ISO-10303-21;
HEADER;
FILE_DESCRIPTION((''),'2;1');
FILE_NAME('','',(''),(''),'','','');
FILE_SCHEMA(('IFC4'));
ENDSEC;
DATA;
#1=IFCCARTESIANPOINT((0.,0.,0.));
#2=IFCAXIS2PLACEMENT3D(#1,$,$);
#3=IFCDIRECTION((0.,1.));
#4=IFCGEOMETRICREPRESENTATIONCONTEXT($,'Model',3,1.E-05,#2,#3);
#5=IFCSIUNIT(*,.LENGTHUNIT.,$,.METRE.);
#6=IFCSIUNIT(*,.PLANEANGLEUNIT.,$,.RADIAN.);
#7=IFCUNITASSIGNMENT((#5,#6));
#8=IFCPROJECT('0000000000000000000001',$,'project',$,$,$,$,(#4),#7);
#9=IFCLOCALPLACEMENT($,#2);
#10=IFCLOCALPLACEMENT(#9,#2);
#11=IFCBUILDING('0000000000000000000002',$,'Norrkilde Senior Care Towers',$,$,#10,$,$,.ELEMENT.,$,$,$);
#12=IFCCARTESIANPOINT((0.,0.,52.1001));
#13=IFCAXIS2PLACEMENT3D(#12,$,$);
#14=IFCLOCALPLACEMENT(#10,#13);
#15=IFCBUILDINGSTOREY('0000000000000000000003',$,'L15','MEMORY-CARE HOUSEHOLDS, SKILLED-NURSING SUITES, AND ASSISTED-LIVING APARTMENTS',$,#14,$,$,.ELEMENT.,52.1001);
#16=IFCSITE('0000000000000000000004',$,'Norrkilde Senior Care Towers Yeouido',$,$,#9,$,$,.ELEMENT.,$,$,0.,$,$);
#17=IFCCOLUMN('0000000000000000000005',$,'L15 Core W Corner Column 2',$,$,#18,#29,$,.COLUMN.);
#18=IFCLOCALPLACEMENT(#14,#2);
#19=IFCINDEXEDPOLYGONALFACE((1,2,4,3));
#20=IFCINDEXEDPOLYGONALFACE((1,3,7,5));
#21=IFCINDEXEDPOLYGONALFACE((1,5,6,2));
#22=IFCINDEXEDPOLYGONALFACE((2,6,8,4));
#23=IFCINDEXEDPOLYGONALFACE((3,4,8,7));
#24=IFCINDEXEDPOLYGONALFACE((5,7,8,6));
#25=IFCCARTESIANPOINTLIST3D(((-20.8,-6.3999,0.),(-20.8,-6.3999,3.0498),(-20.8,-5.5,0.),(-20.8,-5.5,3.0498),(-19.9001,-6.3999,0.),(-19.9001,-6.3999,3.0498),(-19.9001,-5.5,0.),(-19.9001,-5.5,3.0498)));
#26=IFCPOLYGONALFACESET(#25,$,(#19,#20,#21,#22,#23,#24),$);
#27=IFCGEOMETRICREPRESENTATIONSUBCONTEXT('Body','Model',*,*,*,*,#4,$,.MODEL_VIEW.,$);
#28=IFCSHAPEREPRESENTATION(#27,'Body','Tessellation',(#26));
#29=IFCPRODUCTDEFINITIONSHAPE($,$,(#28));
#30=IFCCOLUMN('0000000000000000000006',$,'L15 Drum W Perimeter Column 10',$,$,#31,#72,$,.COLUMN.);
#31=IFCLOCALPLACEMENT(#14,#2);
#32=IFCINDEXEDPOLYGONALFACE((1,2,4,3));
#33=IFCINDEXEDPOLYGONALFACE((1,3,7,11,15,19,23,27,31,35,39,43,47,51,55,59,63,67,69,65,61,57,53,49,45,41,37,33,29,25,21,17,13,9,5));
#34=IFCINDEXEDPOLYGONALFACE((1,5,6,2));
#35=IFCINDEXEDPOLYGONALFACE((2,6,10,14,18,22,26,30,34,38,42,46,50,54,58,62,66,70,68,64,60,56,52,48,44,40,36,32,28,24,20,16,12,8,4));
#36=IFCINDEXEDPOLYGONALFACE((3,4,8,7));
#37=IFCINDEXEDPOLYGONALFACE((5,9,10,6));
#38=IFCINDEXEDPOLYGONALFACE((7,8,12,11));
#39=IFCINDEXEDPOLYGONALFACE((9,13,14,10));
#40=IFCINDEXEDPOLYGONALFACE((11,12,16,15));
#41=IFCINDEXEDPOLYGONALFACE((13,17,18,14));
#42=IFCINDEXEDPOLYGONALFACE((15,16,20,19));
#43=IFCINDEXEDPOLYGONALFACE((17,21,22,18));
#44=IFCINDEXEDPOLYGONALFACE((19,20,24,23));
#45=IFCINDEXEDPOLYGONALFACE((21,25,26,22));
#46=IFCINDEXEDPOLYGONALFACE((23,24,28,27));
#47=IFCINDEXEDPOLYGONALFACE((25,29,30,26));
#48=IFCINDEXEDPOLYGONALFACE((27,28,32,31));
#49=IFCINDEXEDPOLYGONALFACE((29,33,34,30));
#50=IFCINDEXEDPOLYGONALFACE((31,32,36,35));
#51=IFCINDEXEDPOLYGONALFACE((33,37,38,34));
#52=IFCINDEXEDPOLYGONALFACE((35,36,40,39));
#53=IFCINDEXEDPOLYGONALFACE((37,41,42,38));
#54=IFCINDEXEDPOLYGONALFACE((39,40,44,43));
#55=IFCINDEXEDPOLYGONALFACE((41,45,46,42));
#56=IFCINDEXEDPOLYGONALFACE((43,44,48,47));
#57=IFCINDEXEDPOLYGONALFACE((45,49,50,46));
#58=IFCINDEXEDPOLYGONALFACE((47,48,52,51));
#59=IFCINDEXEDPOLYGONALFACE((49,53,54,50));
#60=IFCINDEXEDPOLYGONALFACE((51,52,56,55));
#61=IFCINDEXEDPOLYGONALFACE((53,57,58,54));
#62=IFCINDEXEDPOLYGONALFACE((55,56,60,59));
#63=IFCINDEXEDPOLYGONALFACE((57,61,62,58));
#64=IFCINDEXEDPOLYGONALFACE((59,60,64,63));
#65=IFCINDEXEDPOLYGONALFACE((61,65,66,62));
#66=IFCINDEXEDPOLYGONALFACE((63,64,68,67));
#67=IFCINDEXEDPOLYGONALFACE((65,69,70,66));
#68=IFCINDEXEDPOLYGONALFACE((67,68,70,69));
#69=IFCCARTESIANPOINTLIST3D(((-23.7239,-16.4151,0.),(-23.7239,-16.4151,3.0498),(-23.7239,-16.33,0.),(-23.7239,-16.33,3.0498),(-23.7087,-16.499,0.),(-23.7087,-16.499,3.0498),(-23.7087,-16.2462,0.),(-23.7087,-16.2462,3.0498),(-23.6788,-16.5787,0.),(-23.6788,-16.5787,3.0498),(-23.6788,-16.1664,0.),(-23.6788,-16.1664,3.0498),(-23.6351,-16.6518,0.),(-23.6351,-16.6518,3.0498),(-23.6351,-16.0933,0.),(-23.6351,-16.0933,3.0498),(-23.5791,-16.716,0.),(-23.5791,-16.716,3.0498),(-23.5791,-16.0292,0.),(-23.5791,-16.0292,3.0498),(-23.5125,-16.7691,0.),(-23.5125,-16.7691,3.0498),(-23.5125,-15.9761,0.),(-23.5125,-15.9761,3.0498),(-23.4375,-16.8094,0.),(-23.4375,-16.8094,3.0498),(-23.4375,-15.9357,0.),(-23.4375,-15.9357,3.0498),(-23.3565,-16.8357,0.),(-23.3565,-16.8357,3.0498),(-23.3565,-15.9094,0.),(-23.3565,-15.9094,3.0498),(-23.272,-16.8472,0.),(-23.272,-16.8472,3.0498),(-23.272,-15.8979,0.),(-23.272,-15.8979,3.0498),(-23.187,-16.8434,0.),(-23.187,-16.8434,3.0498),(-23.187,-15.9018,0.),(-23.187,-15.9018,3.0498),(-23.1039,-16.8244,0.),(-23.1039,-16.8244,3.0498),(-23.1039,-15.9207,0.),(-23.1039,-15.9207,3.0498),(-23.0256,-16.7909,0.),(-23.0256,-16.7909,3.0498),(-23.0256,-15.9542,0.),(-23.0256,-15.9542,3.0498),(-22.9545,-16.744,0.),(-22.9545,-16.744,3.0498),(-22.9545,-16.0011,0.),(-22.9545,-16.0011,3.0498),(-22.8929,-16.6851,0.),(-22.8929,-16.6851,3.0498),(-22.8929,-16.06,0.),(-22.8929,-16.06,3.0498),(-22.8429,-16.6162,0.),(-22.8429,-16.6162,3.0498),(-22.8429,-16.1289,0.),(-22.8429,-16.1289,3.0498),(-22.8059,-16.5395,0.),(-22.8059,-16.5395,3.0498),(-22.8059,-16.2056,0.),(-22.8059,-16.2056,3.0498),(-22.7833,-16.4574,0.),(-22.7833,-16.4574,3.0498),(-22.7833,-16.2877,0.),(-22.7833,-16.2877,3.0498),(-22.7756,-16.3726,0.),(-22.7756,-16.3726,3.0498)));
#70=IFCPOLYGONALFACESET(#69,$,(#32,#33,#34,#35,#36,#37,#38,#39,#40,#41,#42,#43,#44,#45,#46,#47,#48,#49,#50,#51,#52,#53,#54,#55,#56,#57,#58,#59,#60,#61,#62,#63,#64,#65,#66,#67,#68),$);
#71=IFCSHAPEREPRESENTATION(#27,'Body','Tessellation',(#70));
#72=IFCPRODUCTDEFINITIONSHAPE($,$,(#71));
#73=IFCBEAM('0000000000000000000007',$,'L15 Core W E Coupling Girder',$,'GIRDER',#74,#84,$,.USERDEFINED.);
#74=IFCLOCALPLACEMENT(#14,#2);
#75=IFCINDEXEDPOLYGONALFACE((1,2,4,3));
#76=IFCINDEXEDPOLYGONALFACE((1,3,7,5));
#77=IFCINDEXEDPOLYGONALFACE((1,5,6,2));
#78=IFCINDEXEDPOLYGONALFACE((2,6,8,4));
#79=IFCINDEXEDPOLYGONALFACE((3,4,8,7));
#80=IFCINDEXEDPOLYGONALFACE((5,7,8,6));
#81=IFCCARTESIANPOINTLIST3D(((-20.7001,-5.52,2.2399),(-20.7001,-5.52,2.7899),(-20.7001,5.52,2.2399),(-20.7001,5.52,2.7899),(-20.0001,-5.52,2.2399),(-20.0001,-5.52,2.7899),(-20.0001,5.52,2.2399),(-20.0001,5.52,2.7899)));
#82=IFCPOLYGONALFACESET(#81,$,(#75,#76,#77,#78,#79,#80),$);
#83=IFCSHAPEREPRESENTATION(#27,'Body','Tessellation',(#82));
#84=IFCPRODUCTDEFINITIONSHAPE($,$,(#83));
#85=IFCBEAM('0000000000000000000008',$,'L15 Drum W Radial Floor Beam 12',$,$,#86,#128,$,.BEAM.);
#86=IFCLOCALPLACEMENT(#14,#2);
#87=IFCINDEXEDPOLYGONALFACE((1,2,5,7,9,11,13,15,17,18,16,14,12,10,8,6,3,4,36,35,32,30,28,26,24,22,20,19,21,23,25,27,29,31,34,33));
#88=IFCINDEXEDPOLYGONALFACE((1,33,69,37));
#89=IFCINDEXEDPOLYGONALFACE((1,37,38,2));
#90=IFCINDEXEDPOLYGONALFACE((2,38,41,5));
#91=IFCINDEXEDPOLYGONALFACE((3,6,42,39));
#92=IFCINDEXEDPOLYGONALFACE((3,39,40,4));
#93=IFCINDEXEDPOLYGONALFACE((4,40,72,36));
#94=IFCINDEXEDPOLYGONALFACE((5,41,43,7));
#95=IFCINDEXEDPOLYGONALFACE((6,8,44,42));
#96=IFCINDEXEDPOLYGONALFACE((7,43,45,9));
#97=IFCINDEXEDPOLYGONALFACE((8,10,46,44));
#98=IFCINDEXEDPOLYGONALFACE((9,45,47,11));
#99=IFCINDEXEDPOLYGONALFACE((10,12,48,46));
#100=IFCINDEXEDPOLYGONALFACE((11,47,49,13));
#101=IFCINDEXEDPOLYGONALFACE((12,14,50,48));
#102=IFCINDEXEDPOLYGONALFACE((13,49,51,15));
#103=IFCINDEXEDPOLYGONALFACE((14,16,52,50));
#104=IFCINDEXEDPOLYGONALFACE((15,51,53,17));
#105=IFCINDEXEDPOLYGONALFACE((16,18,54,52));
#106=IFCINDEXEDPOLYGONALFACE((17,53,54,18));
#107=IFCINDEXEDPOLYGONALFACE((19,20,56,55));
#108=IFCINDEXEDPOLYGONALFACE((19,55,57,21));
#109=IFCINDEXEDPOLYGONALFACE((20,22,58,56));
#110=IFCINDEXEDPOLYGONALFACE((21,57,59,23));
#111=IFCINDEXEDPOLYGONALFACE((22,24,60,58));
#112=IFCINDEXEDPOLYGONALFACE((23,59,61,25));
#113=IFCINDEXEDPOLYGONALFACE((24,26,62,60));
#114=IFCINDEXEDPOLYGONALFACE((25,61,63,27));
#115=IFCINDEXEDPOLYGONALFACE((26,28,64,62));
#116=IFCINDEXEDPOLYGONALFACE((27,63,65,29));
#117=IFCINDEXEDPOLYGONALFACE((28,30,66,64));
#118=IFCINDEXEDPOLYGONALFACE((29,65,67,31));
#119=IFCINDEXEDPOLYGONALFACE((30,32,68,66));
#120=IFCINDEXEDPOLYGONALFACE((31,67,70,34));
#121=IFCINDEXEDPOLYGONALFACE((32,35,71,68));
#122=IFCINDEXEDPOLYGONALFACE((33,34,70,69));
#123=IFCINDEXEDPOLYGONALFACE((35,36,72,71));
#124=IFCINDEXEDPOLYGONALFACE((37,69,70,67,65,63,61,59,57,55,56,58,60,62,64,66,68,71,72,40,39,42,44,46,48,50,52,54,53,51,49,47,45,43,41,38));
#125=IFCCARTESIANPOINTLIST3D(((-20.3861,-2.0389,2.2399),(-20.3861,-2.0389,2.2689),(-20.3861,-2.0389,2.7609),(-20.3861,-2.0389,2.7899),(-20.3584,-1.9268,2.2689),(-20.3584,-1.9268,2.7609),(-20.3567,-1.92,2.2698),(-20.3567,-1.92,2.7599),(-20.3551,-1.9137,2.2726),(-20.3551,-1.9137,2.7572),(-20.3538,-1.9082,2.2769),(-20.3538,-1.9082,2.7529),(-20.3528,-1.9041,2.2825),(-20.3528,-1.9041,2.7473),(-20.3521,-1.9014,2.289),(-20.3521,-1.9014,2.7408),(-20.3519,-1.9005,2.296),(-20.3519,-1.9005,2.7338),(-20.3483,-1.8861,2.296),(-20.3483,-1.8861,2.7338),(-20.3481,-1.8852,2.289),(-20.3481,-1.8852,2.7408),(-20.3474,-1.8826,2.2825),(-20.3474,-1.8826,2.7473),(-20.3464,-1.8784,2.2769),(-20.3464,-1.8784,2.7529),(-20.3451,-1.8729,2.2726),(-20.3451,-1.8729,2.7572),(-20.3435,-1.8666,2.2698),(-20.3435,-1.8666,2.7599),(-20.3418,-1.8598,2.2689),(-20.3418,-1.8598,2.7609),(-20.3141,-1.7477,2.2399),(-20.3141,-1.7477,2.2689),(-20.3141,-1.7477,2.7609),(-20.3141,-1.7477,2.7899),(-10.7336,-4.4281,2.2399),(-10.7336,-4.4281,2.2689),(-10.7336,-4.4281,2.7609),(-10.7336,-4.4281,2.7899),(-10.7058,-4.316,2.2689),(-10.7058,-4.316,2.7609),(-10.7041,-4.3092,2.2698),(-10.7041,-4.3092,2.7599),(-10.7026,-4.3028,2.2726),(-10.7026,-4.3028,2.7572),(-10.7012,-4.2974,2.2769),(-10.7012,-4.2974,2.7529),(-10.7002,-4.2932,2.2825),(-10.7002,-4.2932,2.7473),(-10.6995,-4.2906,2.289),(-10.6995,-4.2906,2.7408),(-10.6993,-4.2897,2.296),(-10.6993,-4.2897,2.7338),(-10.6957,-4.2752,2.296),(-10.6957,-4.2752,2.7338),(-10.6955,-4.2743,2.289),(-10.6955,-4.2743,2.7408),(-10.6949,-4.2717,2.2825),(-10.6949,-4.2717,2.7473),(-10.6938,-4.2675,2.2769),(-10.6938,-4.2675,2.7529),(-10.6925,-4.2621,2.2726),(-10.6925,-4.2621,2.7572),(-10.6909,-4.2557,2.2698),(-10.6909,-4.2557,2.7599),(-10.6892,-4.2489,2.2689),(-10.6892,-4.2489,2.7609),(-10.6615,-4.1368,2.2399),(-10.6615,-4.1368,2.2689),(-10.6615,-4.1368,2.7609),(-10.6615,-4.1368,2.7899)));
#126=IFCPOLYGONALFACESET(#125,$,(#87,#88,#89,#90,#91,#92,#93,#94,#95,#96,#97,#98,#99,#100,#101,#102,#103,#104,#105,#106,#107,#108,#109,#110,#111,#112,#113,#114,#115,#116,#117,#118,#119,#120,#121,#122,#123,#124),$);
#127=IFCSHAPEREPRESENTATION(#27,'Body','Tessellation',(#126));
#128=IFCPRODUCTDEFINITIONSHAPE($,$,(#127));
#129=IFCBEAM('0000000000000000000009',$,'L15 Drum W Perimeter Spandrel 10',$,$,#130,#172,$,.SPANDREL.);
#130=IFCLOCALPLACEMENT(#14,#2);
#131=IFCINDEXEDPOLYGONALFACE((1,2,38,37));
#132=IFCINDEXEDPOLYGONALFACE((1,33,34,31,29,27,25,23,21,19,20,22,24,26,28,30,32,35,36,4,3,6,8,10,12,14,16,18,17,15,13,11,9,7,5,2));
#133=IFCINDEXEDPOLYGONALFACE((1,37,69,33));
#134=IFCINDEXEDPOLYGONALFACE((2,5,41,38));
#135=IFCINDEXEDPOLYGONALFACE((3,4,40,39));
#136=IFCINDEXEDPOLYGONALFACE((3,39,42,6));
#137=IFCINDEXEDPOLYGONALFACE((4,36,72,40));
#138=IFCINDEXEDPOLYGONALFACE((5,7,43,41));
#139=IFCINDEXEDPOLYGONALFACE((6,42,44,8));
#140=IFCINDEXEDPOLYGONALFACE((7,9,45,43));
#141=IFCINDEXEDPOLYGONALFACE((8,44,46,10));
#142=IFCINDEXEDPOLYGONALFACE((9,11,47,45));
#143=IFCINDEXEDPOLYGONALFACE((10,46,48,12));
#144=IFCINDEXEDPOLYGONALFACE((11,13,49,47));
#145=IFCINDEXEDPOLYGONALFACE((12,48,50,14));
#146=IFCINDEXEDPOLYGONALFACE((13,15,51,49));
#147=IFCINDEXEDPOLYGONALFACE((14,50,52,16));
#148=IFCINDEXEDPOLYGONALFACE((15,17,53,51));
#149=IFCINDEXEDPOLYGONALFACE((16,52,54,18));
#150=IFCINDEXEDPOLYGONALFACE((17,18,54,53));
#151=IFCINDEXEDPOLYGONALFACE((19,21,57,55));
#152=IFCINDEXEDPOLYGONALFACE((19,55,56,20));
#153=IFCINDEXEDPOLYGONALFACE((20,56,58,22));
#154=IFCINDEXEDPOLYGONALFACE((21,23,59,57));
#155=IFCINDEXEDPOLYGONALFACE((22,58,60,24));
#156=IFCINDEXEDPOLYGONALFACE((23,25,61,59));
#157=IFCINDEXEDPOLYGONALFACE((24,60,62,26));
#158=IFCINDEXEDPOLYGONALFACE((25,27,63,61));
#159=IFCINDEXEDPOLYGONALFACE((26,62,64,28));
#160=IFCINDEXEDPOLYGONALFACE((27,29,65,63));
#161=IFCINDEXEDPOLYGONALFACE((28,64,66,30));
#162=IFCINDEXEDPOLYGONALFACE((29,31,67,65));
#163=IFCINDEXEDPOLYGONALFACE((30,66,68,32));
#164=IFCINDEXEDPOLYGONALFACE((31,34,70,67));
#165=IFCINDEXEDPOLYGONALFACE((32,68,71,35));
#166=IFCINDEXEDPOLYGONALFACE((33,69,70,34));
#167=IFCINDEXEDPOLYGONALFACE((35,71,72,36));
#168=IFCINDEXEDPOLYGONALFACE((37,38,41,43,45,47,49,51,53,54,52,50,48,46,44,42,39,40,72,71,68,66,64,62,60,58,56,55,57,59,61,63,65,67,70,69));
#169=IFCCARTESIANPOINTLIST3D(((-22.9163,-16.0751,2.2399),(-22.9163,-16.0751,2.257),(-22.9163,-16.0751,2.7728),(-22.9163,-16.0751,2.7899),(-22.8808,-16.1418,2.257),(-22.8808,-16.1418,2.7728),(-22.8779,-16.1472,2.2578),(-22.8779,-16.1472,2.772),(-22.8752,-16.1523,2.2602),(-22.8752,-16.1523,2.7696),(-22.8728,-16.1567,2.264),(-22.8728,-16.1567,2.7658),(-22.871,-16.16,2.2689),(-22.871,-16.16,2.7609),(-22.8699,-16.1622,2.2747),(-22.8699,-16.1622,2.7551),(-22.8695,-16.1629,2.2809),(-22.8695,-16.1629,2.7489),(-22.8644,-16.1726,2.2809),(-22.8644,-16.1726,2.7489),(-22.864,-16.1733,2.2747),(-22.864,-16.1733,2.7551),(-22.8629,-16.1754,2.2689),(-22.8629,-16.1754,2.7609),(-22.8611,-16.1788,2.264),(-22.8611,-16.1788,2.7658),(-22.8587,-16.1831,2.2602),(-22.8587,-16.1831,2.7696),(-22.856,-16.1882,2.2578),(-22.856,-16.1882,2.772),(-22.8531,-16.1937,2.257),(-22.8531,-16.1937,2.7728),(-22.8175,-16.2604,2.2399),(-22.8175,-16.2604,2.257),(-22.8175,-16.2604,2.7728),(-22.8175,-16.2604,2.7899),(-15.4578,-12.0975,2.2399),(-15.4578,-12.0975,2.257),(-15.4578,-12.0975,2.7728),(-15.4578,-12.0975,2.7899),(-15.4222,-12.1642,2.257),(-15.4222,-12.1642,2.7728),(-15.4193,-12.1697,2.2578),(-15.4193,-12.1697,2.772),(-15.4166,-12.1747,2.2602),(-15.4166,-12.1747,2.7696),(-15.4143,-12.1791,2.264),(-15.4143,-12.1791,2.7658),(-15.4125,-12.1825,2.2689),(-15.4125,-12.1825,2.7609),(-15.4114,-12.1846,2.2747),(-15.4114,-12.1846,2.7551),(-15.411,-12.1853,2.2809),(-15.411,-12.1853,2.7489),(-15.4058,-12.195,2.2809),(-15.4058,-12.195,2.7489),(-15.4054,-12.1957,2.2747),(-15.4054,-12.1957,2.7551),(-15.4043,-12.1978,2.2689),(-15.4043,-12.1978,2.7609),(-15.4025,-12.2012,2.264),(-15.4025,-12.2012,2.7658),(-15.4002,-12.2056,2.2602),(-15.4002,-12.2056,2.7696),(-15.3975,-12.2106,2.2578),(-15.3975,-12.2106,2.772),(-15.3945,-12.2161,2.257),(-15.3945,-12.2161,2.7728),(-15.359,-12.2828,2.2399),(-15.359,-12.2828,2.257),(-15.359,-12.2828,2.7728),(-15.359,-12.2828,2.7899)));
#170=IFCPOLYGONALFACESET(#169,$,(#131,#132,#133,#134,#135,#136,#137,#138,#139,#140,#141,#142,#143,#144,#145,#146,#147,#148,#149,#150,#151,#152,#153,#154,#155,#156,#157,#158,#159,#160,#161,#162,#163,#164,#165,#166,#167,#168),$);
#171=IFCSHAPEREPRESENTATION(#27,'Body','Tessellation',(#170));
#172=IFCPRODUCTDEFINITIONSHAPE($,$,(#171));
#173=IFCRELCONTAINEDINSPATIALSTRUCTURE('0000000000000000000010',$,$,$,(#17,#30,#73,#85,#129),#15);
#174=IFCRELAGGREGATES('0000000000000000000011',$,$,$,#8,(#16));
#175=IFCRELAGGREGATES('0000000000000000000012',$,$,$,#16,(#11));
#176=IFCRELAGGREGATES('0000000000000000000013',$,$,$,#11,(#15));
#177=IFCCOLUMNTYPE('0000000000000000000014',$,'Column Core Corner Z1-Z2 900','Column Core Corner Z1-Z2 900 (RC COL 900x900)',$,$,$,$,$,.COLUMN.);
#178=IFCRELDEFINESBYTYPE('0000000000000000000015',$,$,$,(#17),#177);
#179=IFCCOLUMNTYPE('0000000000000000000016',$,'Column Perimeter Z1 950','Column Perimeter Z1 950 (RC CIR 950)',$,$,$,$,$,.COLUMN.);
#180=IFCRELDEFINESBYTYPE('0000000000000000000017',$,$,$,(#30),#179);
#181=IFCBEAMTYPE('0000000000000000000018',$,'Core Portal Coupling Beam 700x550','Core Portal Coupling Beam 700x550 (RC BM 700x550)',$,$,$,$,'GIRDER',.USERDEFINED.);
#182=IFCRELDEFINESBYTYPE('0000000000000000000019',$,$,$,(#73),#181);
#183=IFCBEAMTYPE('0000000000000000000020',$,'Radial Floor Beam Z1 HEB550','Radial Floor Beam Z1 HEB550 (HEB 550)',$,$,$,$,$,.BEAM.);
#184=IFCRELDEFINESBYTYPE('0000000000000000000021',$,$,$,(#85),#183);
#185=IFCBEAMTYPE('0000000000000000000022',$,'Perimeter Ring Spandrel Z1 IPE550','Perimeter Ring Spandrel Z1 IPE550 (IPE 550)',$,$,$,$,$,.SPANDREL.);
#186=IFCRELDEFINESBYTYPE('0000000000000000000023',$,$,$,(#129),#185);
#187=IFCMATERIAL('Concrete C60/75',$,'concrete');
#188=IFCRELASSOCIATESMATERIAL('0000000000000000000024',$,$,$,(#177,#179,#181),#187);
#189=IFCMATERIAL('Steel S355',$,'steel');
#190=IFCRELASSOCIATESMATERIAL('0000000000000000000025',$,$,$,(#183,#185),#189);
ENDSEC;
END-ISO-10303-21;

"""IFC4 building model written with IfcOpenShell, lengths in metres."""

from ifc_helpers import new_model, si_unit, direction, frame, origin, origin_2d, place, context, subcontext, project, spatial, rectangle, circle, i_section, extrude, source, transform, mapped, material, material_profile, profile_set, type_object, type_shapes, element, save


model = new_model("IFC4")

# Units and contexts
model_context = context("Model", 3, precision=1e-05, world=origin(), true_north=direction((0.0, 1.0)))
body_context = subcontext(model_context, "Body", "Model", "MODEL_VIEW")
ifc_project = project(units=[si_unit("LENGTHUNIT", "METRE"), si_unit("PLANEANGLEUNIT", "RADIAN")], contexts=[model_context])

# Site, building, storey
site_placement = place(None, origin())
site = spatial("IfcSite", under=ifc_project, at=site_placement, Name="Norrkilde Senior Care Towers Yeouido", CompositionType="ELEMENT", RefElevation=0.0)
building_placement = place(site_placement, origin())
building = spatial("IfcBuilding", under=site, at=building_placement, Name="Norrkilde Senior Care Towers", CompositionType="ELEMENT")
storey_placement = place(building_placement, frame((0.0, 0.0, 52.1001)))
storey = spatial("IfcBuildingStorey", under=building, at=storey_placement, Name="L15", Description="MEMORY-CARE HOUSEHOLDS, SKILLED-NURSING SUITES, AND ASSISTED-LIVING APARTMENTS", CompositionType="ELEMENT", Elevation=52.1001)

# Columns
ifc_material_1 = material(Name="Concrete C60/75", Category="concrete")
ifc_material_profile_1 = material_profile(ifc_material_1, rectangle(XDim=0.8999, YDim=0.8999, at=origin_2d()), Name="RC COL 900x900")
ifc_profile_set_1 = profile_set([ifc_material_profile_1], Name="Concrete C60/75")
column_type_1 = type_object("IfcColumnType", Name="Column Core Corner Z1-Z2 900", Description="Column Core Corner Z1-Z2 900 (RC COL 900x900)", PredefinedType="COLUMN", material=ifc_profile_set_1)
shared_shape_1 = source(origin(), body_context, "Body", "SweptSolid", [
    extrude(rectangle(XDim=0.8999, YDim=0.8999, at=origin_2d()), origin(), (0.0, 0.0, 1.0), 3.0498),
])
type_shapes(column_type_1, [shared_shape_1])
column_1_placement = place(storey_placement, frame((-20.3501, -5.95, 0.0), z_axis=(0.0, 0.0, 1.0), x_axis=(1.0, 0.0, 0.0)))
element("IfcColumn", 1, at=column_1_placement, inside=storey, type_object=column_type_1, Name="L15 Core W Corner Column 2", PredefinedType="COLUMN", context=body_context, shape_type="MappedRepresentation", body=[
    mapped(shared_shape_1, transform((0.0, 0.0, 0.0), x_axis=(1.0, 0.0, 0.0), y_axis=(0.0, 1.0, 0.0), z_axis=(0.0, 0.0, 1.0), scale=1.0)),
])
ifc_material_profile_2 = material_profile(ifc_material_1, circle(Radius=0.4751, at=origin_2d()), Name="RC CIR 950")
ifc_profile_set_2 = profile_set([ifc_material_profile_2], Name="Concrete C60/75")
column_type_2 = type_object("IfcColumnType", Name="Column Perimeter Z1 950", Description="Column Perimeter Z1 950 (RC CIR 950)", PredefinedType="COLUMN", material=ifc_profile_set_2)
shared_shape_2 = source(origin(), body_context, "Body", "SweptSolid", [
    extrude(circle(Radius=0.4751, at=origin_2d()), origin(), (0.0, 0.0, 1.0), 3.0498),
])
type_shapes(column_type_2, [shared_shape_2])
column_2_placement = place(storey_placement, frame((-23.2507, -16.3726, 0.0), z_axis=(0.0, 0.0, 1.0), x_axis=(1.0, 0.0, 0.0)))
element("IfcColumn", 2, at=column_2_placement, inside=storey, type_object=column_type_2, Name="L15 Drum W Perimeter Column 10", PredefinedType="COLUMN", context=body_context, shape_type="MappedRepresentation", body=[
    mapped(shared_shape_2, transform((0.0, 0.0, 0.0), x_axis=(1.0, 0.0, 0.0), y_axis=(0.0, 1.0, 0.0), z_axis=(0.0, 0.0, 1.0), scale=1.0)),
])

# Beams
ifc_material_profile_3 = material_profile(ifc_material_1, rectangle(XDim=0.7, YDim=0.55, at=origin_2d()), Name="RC BM 700x550")
ifc_profile_set_3 = profile_set([ifc_material_profile_3], Name="Concrete C60/75")
beam_type_1 = type_object("IfcBeamType", Name="Core Portal Coupling Beam 700x550", Description="Core Portal Coupling Beam 700x550 (RC BM 700x550)", ElementType="GIRDER", PredefinedType="USERDEFINED", material=ifc_profile_set_3)
shared_shape_3 = source(origin(), body_context, "Body", "SweptSolid", [
    extrude(rectangle(XDim=0.7, YDim=0.55, at=origin_2d()), origin(), (0.0, 0.0, 1.0), 11.04),
])
type_shapes(beam_type_1, [shared_shape_3])
beam_1_placement = place(storey_placement, frame((-20.3501, -5.52, 2.5149), z_axis=(0.0, 1.0, 0.0), x_axis=(-1.0, 0.0, 0.0)))
element("IfcBeam", 3, at=beam_1_placement, inside=storey, type_object=beam_type_1, Name="L15 Core W E Coupling Girder", ObjectType="GIRDER", PredefinedType="USERDEFINED", context=body_context, shape_type="MappedRepresentation", body=[
    mapped(shared_shape_3, transform((0.0, 0.0, 0.0), x_axis=(1.0, 0.0, 0.0), y_axis=(0.0, 1.0, 0.0), z_axis=(0.0, 0.0, 1.0), scale=1.0)),
])
ifc_material_2 = material(Name="Steel S355", Category="steel")
ifc_material_profile_4 = material_profile(ifc_material_2, i_section(OverallWidth=0.3, OverallDepth=0.55, WebThickness=0.0149, FlangeThickness=0.0291, FilletRadius=0.0271, at=origin_2d()), Name="HEB 550")
ifc_profile_set_4 = profile_set([ifc_material_profile_4], Name="Steel S355")
beam_type_2 = type_object("IfcBeamType", Name="Radial Floor Beam Z1 HEB550", Description="Radial Floor Beam Z1 HEB550 (HEB 550)", PredefinedType="BEAM", material=ifc_profile_set_4)
shared_shape_4 = source(origin(), body_context, "Body", "SweptSolid", [
    extrude(i_section(OverallWidth=0.3, OverallDepth=0.55, WebThickness=0.0149, FlangeThickness=0.0291, FilletRadius=0.0271, at=origin_2d()), origin(), (0.0, 0.0, 1.0), 9.9438),
])
beam_2_placement = place(storey_placement, frame((-20.3501, -1.8933, 2.5149), z_axis=(0.970707, -0.240265, 0.0), x_axis=(0.240265, 0.970707, 0.0)))
element("IfcBeam", 4, at=beam_2_placement, inside=storey, type_object=beam_type_2, Name="L15 Drum W Radial Floor Beam 12", PredefinedType="BEAM", context=body_context, shape_type="MappedRepresentation", body=[
    mapped(shared_shape_4, transform((0.0, 0.0, 0.0), x_axis=(1.0, 0.0, 0.0), y_axis=(0.0, 1.0, 0.0), z_axis=(0.0, 0.0, 1.0), scale=1.0)),
])
ifc_material_profile_5 = material_profile(ifc_material_2, i_section(OverallWidth=0.21, OverallDepth=0.55, WebThickness=0.011, FlangeThickness=0.0171, FilletRadius=0.0239, at=origin_2d()), Name="IPE 550")
ifc_profile_set_5 = profile_set([ifc_material_profile_5], Name="Steel S355")
beam_type_3 = type_object("IfcBeamType", Name="Perimeter Ring Spandrel Z1 IPE550", Description="Perimeter Ring Spandrel Z1 IPE550 (IPE 550)", PredefinedType="SPANDREL", material=ifc_profile_set_5)
shared_shape_5 = source(origin(), body_context, "Body", "SweptSolid", [
    extrude(i_section(OverallWidth=0.21, OverallDepth=0.55, WebThickness=0.011, FlangeThickness=0.0171, FilletRadius=0.0239, at=origin_2d()), origin(), (0.0, 0.0, 1.0), 8.4529),
])
type_shapes(beam_type_3, [shared_shape_5])
beam_3_placement = place(storey_placement, frame((-22.8669, -16.1677, 2.5149), z_axis=(0.882369, 0.470558, 0.0), x_axis=(-0.470558, 0.882369, 0.0)))
element("IfcBeam", 5, at=beam_3_placement, inside=storey, type_object=beam_type_3, Name="L15 Drum W Perimeter Spandrel 10", PredefinedType="SPANDREL", context=body_context, shape_type="MappedRepresentation", body=[
    mapped(shared_shape_5, transform((0.0, 0.0, 0.0), x_axis=(1.0, 0.0, 0.0), y_axis=(0.0, 1.0, 0.0), z_axis=(0.0, 0.0, 1.0), scale=1.0)),
])

save(model, "model.ifc")
